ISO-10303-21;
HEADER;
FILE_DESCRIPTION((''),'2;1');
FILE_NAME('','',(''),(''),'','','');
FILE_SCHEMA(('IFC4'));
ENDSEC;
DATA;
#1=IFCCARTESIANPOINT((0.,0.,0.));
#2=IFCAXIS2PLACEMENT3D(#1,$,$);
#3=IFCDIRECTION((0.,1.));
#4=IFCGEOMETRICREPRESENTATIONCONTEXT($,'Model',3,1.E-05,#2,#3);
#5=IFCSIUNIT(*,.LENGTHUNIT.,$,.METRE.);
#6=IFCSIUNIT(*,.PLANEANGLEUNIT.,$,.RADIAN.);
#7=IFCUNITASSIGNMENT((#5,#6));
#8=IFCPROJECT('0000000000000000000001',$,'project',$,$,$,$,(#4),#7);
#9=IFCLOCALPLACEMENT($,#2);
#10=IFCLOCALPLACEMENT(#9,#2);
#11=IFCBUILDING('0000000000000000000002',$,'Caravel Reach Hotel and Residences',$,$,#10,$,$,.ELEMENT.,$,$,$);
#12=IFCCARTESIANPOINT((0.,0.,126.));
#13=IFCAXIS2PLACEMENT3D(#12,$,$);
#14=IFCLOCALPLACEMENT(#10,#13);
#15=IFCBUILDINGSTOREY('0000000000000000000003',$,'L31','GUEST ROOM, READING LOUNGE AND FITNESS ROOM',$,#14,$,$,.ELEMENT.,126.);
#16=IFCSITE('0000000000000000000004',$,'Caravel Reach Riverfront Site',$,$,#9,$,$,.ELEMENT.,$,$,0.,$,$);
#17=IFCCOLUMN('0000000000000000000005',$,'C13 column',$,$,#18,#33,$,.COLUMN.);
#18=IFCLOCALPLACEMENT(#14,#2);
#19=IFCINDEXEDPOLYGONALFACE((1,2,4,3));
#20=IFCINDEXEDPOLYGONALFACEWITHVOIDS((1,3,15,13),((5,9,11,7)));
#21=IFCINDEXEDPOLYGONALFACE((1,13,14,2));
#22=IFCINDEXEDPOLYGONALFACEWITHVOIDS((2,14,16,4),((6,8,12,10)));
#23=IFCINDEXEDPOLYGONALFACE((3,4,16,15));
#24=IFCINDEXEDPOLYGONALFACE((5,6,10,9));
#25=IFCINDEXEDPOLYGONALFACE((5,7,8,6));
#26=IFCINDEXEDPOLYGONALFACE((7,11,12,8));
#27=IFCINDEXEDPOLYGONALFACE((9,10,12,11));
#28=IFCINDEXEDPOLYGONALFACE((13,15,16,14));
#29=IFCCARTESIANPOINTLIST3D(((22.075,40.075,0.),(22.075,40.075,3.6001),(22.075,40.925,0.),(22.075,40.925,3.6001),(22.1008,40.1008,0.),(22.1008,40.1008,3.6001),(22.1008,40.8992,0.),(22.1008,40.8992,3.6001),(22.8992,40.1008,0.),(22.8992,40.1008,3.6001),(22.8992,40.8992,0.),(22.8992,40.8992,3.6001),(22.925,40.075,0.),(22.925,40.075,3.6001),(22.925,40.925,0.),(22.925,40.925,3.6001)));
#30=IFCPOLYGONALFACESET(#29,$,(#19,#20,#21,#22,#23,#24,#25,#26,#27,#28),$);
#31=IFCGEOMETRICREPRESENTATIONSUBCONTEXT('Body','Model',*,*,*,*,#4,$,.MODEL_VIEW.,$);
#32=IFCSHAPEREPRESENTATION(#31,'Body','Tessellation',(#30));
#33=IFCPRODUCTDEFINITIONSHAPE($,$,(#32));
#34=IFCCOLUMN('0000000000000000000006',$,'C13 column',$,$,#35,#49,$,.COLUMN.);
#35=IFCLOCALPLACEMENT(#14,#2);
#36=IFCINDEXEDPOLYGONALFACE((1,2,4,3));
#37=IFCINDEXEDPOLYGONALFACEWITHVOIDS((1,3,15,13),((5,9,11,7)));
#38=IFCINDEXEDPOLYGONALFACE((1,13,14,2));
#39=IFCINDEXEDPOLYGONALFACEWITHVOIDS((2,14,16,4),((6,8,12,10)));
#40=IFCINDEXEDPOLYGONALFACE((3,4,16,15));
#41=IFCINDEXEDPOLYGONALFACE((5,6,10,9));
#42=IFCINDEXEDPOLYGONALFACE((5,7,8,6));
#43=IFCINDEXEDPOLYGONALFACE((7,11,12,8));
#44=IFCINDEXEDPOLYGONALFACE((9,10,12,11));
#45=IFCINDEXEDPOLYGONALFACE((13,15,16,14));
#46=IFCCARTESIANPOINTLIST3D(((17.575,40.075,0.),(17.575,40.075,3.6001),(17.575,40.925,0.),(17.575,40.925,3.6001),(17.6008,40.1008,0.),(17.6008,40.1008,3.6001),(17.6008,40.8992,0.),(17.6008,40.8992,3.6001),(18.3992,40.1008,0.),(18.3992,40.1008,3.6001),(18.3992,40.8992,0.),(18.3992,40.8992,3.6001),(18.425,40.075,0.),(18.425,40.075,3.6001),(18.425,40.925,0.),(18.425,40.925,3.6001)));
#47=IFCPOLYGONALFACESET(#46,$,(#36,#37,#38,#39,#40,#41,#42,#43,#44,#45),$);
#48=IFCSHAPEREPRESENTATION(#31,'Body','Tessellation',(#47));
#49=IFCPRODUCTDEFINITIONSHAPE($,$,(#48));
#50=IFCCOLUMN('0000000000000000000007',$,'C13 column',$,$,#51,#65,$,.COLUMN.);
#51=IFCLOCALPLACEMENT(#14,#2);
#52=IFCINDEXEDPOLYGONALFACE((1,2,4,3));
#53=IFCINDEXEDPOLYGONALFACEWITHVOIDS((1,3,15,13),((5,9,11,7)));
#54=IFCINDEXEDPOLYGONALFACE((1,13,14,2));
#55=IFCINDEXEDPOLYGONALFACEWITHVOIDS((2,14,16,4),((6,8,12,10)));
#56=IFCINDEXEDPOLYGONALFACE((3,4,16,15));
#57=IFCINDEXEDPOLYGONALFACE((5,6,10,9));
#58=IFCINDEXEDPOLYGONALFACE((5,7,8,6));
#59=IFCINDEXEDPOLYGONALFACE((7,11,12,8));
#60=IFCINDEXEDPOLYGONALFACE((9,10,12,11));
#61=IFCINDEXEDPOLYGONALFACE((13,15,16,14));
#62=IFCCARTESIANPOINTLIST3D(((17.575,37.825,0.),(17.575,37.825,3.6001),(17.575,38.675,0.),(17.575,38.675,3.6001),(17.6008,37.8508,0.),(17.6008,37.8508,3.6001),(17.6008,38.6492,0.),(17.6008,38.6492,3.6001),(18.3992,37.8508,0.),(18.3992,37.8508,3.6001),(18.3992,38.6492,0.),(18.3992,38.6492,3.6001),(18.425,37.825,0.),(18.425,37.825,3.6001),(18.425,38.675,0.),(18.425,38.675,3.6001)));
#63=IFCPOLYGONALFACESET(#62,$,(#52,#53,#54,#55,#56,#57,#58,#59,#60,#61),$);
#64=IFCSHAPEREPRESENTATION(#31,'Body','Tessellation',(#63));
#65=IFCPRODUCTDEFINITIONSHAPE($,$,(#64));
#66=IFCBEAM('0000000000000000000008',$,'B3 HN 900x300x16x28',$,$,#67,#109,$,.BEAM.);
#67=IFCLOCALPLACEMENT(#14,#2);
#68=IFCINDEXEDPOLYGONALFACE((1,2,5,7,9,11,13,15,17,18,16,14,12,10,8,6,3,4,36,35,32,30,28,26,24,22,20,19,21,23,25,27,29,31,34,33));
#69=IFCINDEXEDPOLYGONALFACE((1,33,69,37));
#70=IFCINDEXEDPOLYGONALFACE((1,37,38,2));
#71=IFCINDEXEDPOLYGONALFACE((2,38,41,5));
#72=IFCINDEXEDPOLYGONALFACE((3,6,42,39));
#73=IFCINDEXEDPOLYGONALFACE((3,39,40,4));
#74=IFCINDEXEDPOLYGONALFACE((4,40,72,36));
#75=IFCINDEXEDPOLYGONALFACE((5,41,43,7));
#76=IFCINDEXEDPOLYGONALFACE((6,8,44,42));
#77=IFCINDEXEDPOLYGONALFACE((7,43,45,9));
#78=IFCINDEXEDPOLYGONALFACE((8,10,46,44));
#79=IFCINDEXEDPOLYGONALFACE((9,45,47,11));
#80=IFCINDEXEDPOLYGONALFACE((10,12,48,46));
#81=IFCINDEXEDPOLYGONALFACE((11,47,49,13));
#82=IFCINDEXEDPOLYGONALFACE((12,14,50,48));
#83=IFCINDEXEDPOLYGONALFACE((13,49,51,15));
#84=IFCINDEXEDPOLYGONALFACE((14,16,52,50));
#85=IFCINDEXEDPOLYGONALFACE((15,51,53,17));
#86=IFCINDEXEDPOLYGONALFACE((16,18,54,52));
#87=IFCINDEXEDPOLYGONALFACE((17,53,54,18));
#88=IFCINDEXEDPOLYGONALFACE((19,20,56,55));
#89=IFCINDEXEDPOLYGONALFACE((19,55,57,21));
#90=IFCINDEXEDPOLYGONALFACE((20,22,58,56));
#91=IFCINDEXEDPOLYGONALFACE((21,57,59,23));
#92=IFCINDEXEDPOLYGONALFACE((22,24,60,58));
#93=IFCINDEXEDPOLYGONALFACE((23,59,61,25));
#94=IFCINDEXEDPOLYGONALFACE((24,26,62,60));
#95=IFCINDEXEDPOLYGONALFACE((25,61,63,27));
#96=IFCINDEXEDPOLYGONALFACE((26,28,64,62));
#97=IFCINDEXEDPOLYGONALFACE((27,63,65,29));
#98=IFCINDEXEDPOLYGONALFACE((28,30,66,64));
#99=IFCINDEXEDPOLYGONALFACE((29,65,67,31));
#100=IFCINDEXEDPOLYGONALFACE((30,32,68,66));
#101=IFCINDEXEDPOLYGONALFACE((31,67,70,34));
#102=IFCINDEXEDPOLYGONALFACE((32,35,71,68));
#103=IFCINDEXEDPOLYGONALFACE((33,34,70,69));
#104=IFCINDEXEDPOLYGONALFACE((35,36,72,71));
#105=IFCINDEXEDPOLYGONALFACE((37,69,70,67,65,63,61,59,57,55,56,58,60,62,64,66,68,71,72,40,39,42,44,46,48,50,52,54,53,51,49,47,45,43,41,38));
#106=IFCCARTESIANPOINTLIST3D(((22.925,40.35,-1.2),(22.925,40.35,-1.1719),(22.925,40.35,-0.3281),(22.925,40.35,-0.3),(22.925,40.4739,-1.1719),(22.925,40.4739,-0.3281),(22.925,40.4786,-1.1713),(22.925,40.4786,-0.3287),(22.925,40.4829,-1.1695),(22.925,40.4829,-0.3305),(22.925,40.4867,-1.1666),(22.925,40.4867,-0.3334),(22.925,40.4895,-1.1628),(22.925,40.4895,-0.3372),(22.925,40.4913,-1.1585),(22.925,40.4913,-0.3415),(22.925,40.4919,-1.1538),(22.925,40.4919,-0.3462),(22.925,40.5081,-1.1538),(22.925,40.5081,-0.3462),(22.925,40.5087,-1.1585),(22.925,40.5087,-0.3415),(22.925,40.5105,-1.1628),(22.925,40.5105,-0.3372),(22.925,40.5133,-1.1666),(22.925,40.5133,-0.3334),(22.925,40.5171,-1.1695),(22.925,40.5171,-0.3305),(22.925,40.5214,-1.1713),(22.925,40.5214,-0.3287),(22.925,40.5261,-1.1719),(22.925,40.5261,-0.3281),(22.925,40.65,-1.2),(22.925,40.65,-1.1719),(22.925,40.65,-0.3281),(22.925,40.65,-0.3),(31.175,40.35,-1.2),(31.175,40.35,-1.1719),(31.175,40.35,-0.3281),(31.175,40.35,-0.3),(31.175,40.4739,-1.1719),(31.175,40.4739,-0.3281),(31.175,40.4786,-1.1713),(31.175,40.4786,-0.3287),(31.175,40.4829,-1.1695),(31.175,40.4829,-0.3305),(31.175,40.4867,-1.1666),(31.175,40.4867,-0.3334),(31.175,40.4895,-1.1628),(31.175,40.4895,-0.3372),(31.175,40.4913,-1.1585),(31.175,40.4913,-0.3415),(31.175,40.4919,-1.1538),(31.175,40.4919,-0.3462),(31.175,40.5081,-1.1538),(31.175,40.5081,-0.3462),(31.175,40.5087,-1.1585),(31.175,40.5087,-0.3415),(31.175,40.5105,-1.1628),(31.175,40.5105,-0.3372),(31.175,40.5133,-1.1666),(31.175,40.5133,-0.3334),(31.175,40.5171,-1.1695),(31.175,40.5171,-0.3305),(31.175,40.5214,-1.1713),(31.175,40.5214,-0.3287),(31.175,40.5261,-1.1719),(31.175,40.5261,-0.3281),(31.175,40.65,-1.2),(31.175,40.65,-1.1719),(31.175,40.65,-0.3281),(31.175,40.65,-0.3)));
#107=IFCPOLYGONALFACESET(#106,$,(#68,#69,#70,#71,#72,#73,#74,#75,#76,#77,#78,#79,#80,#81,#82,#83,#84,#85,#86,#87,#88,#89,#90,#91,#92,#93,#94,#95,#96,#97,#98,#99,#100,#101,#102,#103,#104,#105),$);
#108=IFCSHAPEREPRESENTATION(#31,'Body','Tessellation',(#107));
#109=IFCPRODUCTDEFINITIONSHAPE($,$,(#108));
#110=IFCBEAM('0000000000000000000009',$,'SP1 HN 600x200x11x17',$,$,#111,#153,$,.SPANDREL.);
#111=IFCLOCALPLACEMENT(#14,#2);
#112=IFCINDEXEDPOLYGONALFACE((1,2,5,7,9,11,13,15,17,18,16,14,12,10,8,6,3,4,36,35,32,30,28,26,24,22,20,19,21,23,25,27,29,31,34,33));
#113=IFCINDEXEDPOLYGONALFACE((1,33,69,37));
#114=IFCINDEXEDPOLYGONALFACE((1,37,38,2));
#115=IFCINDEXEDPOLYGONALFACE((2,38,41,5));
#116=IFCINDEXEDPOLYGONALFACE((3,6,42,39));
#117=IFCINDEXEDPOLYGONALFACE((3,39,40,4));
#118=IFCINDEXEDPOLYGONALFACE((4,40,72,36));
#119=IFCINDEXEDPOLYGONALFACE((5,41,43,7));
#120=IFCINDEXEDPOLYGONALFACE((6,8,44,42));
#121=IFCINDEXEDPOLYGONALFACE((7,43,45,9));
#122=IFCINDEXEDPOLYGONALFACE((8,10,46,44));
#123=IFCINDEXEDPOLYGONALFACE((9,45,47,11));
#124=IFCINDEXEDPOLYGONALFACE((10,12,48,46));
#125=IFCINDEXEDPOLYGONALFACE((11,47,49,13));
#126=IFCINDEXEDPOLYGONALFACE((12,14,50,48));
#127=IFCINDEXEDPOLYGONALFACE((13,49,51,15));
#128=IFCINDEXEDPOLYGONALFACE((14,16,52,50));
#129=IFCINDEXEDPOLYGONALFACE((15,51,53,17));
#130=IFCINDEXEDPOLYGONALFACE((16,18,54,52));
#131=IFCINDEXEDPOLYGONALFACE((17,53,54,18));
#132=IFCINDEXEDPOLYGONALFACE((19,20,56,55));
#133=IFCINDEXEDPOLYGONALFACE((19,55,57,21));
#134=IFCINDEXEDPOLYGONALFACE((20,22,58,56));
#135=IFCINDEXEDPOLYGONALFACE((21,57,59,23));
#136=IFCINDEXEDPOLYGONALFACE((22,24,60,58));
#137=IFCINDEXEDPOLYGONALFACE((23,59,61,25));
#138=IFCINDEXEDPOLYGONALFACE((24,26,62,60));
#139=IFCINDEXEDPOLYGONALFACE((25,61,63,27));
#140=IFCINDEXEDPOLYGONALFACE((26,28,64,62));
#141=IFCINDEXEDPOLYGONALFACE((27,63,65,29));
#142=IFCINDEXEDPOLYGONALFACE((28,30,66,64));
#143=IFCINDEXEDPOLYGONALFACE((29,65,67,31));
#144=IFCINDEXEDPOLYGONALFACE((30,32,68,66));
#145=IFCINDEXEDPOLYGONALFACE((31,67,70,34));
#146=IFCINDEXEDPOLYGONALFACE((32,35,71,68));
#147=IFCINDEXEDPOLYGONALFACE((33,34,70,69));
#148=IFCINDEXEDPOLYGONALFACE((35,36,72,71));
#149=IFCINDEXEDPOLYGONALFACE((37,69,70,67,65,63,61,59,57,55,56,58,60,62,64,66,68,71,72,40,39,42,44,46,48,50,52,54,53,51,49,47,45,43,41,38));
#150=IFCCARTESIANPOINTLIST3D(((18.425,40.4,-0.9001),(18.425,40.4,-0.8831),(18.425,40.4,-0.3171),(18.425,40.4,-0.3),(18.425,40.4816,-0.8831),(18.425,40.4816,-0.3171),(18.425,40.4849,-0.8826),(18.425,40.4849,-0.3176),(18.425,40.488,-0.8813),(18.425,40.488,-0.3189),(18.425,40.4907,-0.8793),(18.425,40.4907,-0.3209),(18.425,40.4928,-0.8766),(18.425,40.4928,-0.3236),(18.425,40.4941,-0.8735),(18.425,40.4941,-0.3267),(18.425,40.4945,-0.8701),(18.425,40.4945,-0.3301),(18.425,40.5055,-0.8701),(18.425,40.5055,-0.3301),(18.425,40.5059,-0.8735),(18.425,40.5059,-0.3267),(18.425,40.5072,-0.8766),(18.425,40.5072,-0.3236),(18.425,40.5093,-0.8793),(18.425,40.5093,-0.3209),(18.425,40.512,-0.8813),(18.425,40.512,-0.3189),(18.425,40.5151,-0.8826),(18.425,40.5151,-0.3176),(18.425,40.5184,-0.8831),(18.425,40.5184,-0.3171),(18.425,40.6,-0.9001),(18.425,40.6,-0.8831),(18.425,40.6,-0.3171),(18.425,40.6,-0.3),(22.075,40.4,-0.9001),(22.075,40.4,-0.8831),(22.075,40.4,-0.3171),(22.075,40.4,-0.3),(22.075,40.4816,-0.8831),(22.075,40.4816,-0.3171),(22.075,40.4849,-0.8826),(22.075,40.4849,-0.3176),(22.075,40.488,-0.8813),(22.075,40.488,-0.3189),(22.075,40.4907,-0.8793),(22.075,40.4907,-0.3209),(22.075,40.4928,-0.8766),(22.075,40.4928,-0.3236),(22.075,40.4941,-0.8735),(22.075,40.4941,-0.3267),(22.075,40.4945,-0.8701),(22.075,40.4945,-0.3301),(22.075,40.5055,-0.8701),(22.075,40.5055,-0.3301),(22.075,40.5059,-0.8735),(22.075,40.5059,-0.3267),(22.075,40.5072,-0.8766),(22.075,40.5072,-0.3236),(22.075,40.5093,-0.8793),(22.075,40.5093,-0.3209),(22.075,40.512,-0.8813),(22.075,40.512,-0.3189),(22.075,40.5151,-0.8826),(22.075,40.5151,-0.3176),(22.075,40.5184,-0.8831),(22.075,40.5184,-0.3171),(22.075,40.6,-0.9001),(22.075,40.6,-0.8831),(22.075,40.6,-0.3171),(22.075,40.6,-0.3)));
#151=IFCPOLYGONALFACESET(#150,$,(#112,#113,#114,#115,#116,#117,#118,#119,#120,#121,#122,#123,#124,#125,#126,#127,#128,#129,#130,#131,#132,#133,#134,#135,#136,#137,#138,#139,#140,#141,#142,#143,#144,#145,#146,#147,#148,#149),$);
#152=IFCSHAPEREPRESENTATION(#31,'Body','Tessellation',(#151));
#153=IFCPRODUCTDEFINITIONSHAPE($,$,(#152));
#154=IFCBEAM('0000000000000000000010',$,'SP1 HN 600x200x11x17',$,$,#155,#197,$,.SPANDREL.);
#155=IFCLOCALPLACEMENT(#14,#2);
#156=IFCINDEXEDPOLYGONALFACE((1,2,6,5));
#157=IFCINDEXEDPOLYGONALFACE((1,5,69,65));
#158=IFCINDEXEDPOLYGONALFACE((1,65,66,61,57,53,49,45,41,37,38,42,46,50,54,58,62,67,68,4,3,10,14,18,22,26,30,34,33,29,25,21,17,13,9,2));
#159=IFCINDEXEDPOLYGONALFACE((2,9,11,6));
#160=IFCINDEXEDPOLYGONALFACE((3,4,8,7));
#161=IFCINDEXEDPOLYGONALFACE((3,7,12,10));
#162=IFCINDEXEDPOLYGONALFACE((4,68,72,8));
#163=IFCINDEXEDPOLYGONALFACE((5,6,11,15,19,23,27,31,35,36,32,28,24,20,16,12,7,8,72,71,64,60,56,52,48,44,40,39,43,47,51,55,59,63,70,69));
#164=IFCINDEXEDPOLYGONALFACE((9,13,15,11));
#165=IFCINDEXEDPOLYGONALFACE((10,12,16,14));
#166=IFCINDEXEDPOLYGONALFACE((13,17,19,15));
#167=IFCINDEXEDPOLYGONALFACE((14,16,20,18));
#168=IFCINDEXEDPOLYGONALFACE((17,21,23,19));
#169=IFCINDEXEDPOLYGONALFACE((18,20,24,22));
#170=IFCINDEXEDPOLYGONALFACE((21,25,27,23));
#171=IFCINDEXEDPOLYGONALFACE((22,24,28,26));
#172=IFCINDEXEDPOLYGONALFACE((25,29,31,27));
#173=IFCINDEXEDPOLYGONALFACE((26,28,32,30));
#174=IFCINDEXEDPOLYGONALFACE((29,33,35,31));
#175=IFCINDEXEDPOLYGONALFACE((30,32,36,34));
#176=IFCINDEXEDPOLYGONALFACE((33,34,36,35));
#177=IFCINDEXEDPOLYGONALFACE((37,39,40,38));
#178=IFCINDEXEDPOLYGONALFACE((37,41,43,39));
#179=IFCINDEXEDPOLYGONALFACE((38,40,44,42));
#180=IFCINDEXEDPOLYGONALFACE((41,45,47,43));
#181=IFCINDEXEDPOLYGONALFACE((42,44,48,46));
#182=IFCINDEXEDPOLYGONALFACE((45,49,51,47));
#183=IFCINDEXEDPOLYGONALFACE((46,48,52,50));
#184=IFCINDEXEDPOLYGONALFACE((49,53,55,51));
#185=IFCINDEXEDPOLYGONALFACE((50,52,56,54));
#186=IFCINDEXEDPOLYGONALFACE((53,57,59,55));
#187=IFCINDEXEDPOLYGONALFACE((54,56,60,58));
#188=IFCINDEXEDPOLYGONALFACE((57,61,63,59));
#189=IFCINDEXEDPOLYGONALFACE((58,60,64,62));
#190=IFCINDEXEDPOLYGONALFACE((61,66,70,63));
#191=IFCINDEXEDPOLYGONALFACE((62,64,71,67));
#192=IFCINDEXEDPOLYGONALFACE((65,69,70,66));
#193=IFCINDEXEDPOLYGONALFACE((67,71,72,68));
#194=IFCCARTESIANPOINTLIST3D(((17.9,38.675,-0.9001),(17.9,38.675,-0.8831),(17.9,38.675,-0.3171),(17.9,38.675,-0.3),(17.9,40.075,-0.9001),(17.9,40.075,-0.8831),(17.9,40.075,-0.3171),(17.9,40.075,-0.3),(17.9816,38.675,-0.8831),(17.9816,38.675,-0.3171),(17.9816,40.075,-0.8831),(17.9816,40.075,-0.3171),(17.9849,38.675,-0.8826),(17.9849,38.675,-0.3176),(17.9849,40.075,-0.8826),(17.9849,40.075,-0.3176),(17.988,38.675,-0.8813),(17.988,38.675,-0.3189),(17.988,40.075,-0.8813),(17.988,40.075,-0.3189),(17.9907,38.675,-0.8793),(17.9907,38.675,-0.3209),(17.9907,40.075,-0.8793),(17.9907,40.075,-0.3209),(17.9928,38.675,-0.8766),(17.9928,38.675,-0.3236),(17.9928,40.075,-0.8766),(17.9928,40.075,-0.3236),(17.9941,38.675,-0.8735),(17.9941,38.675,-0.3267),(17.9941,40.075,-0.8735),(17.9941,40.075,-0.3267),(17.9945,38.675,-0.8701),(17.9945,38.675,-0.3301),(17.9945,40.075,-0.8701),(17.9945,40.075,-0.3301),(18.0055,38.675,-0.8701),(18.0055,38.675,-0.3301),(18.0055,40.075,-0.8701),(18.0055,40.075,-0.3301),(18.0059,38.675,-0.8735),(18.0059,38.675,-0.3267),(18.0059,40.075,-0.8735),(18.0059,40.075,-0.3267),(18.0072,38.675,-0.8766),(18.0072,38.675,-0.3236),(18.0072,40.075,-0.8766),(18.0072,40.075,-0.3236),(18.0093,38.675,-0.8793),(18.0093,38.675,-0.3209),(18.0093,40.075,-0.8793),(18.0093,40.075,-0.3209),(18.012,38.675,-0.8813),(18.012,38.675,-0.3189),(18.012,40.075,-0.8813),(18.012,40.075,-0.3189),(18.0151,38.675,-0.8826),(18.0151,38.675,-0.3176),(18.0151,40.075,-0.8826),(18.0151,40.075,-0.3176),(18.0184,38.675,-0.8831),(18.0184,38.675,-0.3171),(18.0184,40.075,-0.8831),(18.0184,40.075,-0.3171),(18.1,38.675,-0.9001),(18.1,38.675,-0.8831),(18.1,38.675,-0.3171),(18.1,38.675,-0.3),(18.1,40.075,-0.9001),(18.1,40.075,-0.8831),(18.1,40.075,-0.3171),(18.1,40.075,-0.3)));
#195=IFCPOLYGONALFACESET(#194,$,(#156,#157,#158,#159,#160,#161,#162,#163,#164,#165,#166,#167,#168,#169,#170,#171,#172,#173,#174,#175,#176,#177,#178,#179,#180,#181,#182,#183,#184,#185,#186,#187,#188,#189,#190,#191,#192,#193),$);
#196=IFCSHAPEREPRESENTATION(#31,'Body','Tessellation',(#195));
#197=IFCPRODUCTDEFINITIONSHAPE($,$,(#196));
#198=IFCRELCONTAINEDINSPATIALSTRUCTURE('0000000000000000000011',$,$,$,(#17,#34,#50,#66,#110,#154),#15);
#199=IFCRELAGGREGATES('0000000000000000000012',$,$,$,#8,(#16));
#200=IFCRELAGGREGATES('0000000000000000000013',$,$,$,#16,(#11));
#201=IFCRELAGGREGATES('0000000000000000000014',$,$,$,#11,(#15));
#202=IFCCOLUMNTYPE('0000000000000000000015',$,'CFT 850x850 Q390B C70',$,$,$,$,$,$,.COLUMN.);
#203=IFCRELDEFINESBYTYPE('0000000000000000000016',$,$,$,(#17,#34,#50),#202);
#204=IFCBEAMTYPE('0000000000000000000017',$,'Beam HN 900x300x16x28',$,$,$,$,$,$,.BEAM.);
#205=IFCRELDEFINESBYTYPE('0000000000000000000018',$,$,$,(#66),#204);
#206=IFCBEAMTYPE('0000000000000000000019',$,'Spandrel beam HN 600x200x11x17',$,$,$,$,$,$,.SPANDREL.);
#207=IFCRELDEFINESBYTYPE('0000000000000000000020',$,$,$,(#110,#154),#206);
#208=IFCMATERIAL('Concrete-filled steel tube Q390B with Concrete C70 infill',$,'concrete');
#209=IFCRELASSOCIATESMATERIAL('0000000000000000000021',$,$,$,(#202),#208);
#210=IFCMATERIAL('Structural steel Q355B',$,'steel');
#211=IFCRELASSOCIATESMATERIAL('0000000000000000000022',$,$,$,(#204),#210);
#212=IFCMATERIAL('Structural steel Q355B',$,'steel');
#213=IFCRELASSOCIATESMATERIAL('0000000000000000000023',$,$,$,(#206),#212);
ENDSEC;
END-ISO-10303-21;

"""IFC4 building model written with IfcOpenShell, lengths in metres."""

from ifc_helpers import new_model, si_unit, direction, frame, origin, origin_2d, place, context, subcontext, project, spatial, hollow_rectangle, i_section, extrude, material, material_profile, profile_set, type_object, element, save


model = new_model("IFC4")

# Units and contexts
model_context = context("Model", 3, precision=1e-05, world=origin(), true_north=direction((0.0, 1.0)))
body_context = subcontext(model_context, "Body", "Model", "MODEL_VIEW")
ifc_project = project(units=[si_unit("LENGTHUNIT", "METRE"), si_unit("PLANEANGLEUNIT", "RADIAN")], contexts=[model_context])

# Site, building, storey
site_placement = place(None, origin())
site = spatial("IfcSite", under=ifc_project, at=site_placement, Name="Caravel Reach Riverfront Site", CompositionType="ELEMENT", RefElevation=0.0)
building_placement = place(site_placement, origin())
building = spatial("IfcBuilding", under=site, at=building_placement, Name="Caravel Reach Hotel and Residences", CompositionType="ELEMENT")
storey_placement = place(building_placement, frame((0.0, 0.0, 126.0)))
storey = spatial("IfcBuildingStorey", under=building, at=storey_placement, Name="L31", Description="GUEST ROOM, READING LOUNGE AND FITNESS ROOM", CompositionType="ELEMENT", Elevation=126.0)

# Columns
ifc_material_1 = material(Name="Concrete-filled steel tube Q390B with Concrete C70 infill", Category="concrete")
ifc_material_profile_1 = material_profile(ifc_material_1, hollow_rectangle(XDim=0.8501, YDim=0.8501, WallThickness=0.0259, at=origin_2d()), Name="RHS 850x850x26")
ifc_profile_set_1 = profile_set([ifc_material_profile_1], Name="Concrete-filled steel tube Q390B with Concrete C70 infill")
column_type = type_object("IfcColumnType", Name="CFT 850x850 Q390B C70", PredefinedType="COLUMN", material=ifc_profile_set_1)
for number, where, z_axis, x_axis, name in (
    (1, (22.5, 40.5, 0.0), (0.0, 0.0, 1.0), (1.0, 0.0, 0.0), "C13 column"),
    (2, (18.0, 40.5, 0.0), (0.0, 0.0, 1.0), (1.0, 0.0, 0.0), "C13 column"),
    (3, (18.0, 38.25, 0.0), (0.0, 0.0, 1.0), (1.0, 0.0, 0.0), "C13 column"),
):
    element("IfcColumn", number, at=place(storey_placement, frame(where, z_axis=z_axis, x_axis=x_axis)), inside=storey, type_object=column_type, Name=name, PredefinedType="COLUMN", context=body_context, shape_type="SweptSolid", body=[
        extrude(hollow_rectangle(XDim=0.8501, YDim=0.8501, WallThickness=0.0259, at=origin_2d()), origin(), (0.0, 0.0, 1.0), 3.6001),
    ])

# Beams
ifc_material_2 = material(Name="Structural steel Q355B", Category="steel")
ifc_material_profile_2 = material_profile(ifc_material_2, i_section(OverallWidth=0.3, OverallDepth=0.8999, WebThickness=0.0161, FlangeThickness=0.0281, FilletRadius=0.0181, at=origin_2d()), Name="HN 900x300x16x28")
ifc_profile_set_2 = profile_set([ifc_material_profile_2], Name="Structural steel Q355B")
beam_type_1 = type_object("IfcBeamType", Name="Beam HN 900x300x16x28", PredefinedType="BEAM", material=ifc_profile_set_2)
beam_1_placement = place(storey_placement, frame((22.925, 40.5, -0.75), z_axis=(1.0, 0.0, 0.0), x_axis=(0.0, 1.0, 0.0)))
element("IfcBeam", 4, at=beam_1_placement, inside=storey, type_object=beam_type_1, Name="B3 HN 900x300x16x28", PredefinedType="BEAM", context=body_context, shape_type="SweptSolid", body=[
    extrude(i_section(OverallWidth=0.3, OverallDepth=0.8999, WebThickness=0.0161, FlangeThickness=0.0281, FilletRadius=0.0181, at=origin_2d()), origin(), (0.0, 0.0, 1.0), 8.25),
])
ifc_material_3 = material(Name="Structural steel Q355B", Category="steel")
ifc_material_profile_3 = material_profile(ifc_material_3, i_section(OverallWidth=0.2, OverallDepth=0.6001, WebThickness=0.011, FlangeThickness=0.0171, FilletRadius=0.0129, at=origin_2d()), Name="HN 600x200x11x17")
ifc_profile_set_3 = profile_set([ifc_material_profile_3], Name="Structural steel Q355B")
beam_type_2 = type_object("IfcBeamType", Name="Spandrel beam HN 600x200x11x17", PredefinedType="SPANDREL", material=ifc_profile_set_3)
beam_2_placement = place(storey_placement, frame((22.075, 40.5, -0.6001), z_axis=(-1.0, 0.0, 0.0), x_axis=(0.0, -1.0, 0.0)))
element("IfcBeam", 5, at=beam_2_placement, inside=storey, type_object=beam_type_2, Name="SP1 HN 600x200x11x17", PredefinedType="SPANDREL", context=body_context, shape_type="SweptSolid", body=[
    extrude(i_section(OverallWidth=0.2, OverallDepth=0.6001, WebThickness=0.011, FlangeThickness=0.0171, FilletRadius=0.0129, at=origin_2d()), origin(), (0.0, 0.0, 1.0), 3.6499),
])
beam_3_placement = place(storey_placement, frame((18.0, 40.075, -0.6001), z_axis=(0.0, -1.0, 0.0), x_axis=(1.0, 0.0, 0.0)))
element("IfcBeam", 6, at=beam_3_placement, inside=storey, type_object=beam_type_2, Name="SP1 HN 600x200x11x17", PredefinedType="SPANDREL", context=body_context, shape_type="SweptSolid", body=[
    extrude(i_section(OverallWidth=0.2, OverallDepth=0.6001, WebThickness=0.011, FlangeThickness=0.0171, FilletRadius=0.0129, at=origin_2d()), origin(), (0.0, 0.0, 1.0), 1.3999),
])

save(model, "model.ifc")
